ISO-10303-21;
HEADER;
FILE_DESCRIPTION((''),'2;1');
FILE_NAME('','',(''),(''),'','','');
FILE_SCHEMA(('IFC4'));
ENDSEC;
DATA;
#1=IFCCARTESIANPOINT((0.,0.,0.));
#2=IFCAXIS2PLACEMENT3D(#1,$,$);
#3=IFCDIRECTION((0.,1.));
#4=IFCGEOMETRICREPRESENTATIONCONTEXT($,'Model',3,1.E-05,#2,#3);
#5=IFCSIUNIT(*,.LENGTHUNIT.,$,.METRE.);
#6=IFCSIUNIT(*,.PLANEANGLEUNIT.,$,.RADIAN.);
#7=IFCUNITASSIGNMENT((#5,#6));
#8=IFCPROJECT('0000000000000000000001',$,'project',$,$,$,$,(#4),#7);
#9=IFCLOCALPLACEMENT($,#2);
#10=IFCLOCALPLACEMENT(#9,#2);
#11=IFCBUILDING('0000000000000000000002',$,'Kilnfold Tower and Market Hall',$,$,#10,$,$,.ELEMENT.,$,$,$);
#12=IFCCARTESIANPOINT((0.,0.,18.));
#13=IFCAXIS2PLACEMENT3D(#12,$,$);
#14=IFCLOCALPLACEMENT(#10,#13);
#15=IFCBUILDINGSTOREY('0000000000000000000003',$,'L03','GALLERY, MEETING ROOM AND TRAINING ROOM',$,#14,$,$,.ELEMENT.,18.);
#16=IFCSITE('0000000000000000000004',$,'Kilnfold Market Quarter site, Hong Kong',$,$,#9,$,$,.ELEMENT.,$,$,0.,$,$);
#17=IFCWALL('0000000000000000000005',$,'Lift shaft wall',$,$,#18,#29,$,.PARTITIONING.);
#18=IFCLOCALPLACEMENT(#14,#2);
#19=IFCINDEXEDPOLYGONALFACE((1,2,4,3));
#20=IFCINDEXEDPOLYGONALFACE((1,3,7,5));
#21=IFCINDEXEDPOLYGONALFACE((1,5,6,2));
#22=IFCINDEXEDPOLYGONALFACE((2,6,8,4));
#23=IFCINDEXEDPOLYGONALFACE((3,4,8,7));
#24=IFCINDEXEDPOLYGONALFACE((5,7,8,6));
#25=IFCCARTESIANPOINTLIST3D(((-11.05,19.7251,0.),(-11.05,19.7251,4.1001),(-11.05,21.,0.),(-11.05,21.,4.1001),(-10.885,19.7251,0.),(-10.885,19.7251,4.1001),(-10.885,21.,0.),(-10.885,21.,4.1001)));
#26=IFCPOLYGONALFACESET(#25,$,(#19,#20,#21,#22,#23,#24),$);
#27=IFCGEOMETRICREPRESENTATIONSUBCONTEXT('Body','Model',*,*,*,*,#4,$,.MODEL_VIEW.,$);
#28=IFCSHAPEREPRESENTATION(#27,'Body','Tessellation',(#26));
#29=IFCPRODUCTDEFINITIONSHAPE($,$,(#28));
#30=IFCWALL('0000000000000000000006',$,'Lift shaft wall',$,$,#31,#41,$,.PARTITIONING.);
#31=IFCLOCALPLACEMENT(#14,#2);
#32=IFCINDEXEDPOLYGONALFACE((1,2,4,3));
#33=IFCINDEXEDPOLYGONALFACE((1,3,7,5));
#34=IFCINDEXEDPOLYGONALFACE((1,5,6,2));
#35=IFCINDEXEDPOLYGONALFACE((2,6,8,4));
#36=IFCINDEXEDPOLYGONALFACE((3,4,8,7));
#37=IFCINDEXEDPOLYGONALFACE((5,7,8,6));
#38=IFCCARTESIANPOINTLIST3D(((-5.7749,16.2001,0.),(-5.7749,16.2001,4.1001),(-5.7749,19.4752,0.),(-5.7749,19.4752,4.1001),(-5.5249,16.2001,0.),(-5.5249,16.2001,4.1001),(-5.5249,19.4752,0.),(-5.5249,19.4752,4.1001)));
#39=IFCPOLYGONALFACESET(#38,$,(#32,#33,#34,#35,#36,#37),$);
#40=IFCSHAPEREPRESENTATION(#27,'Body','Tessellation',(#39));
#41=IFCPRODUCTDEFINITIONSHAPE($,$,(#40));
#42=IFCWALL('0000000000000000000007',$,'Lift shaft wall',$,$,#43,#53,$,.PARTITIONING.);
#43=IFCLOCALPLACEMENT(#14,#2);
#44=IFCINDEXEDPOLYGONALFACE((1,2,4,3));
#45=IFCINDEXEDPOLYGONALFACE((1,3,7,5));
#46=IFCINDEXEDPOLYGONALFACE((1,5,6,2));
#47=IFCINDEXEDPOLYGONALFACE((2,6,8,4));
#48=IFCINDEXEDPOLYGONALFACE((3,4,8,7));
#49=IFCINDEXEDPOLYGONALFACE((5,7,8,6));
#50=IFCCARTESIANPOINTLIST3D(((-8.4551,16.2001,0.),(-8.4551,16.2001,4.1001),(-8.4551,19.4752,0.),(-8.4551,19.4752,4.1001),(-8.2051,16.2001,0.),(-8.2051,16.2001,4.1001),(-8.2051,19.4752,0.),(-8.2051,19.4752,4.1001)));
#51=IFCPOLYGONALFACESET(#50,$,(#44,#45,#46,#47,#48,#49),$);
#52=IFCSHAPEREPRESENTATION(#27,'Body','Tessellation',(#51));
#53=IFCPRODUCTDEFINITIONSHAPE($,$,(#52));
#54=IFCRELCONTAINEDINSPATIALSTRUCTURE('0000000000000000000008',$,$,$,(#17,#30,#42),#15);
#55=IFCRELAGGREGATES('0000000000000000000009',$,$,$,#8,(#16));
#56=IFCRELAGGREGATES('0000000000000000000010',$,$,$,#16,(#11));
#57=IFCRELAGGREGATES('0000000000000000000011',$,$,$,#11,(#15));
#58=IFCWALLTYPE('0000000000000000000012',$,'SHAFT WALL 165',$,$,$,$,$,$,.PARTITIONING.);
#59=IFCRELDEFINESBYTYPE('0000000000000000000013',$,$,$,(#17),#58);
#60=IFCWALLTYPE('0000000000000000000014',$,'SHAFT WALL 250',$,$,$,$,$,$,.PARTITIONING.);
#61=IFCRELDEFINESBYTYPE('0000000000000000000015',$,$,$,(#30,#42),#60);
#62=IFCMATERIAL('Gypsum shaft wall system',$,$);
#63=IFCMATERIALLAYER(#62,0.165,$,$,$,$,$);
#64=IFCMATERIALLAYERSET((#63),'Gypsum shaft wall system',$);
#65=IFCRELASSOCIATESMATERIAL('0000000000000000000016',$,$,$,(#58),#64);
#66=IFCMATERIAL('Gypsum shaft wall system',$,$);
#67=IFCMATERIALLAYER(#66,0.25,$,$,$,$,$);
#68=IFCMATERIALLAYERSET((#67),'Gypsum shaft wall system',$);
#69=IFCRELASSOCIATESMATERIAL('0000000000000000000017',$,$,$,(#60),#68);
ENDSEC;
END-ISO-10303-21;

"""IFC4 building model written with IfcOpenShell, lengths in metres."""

from ifc_helpers import new_model, si_unit, direction, frame, frame_2d, origin, place, context, subcontext, project, spatial, rectangle, extrude, source, transform, mapped, material, layer, layer_set, type_object, element, save


model = new_model("IFC4")

# Units and contexts
model_context = context("Model", 3, precision=1e-05, world=origin(), true_north=direction((0.0, 1.0)))
body_context = subcontext(model_context, "Body", "Model", "MODEL_VIEW")
ifc_project = project(units=[si_unit("LENGTHUNIT", "METRE"), si_unit("PLANEANGLEUNIT", "RADIAN")], contexts=[model_context])

# Site, building, storey
site_placement = place(None, origin())
site = spatial("IfcSite", under=ifc_project, at=site_placement, Name="Kilnfold Market Quarter site, Hong Kong", CompositionType="ELEMENT", RefElevation=0.0)
building_placement = place(site_placement, origin())
building = spatial("IfcBuilding", under=site, at=building_placement, Name="Kilnfold Tower and Market Hall", CompositionType="ELEMENT")
storey_placement = place(building_placement, frame((0.0, 0.0, 18.0)))
storey = spatial("IfcBuildingStorey", under=building, at=storey_placement, Name="L03", Description="GALLERY, MEETING ROOM AND TRAINING ROOM", CompositionType="ELEMENT", Elevation=18.0)

# Walls
ifc_material_1 = material(Name="Gypsum shaft wall system")
ifc_layer_1 = layer(ifc_material_1, 0.165)
ifc_layer_set_1 = layer_set([ifc_layer_1], Name="Gypsum shaft wall system")
wall_type_1 = type_object("IfcWallType", Name="SHAFT WALL 165", PredefinedType="PARTITIONING", material=ifc_layer_set_1)
shared_shape_1 = source(origin(), body_context, "Body", "SweptSolid", [
    extrude(rectangle(XDim=1.2749, YDim=0.165, at=frame_2d((0.6375, 0.0))), origin(), (0.0, 0.0, 1.0), 4.1001),
])
wall_1_placement = place(storey_placement, frame((-10.9675, 19.7251, 0.0), z_axis=(0.0, 0.0, 1.0), x_axis=(0.0, 1.0, 0.0)))
element("IfcWall", 1, at=wall_1_placement, inside=storey, type_object=wall_type_1, Name="Lift shaft wall", PredefinedType="PARTITIONING", context=body_context, shape_type="MappedRepresentation", body=[
    mapped(shared_shape_1, transform((0.0, 0.0, 0.0))),
])
ifc_material_2 = material(Name="Gypsum shaft wall system")
ifc_layer_2 = layer(ifc_material_2, 0.25)
ifc_layer_set_2 = layer_set([ifc_layer_2], Name="Gypsum shaft wall system")
wall_type_2 = type_object("IfcWallType", Name="SHAFT WALL 250", PredefinedType="PARTITIONING", material=ifc_layer_set_2)
shared_shape_2 = source(origin(), body_context, "Body", "SweptSolid", [
    extrude(rectangle(XDim=3.2751, YDim=0.25, at=frame_2d((1.6377, 0.0))), origin(), (0.0, 0.0, 1.0), 4.1001),
])
for number, where, z_axis, x_axis, name in (
    (2, (-5.6499, 16.2, 0.0), (0.0, 0.0, 1.0), (0.0, 1.0, 0.0), "Lift shaft wall"),
    (3, (-8.3301, 16.2, 0.0), (0.0, 0.0, 1.0), (0.0, 1.0, 0.0), "Lift shaft wall"),
):
    element("IfcWall", number, at=place(storey_placement, frame(where, z_axis=z_axis, x_axis=x_axis)), inside=storey, type_object=wall_type_2, Name=name, PredefinedType="PARTITIONING", context=body_context, shape_type="MappedRepresentation", body=[
        mapped(shared_shape_2, transform((0.0, 0.0, 0.0))),
    ])

save(model, "model.ifc")
